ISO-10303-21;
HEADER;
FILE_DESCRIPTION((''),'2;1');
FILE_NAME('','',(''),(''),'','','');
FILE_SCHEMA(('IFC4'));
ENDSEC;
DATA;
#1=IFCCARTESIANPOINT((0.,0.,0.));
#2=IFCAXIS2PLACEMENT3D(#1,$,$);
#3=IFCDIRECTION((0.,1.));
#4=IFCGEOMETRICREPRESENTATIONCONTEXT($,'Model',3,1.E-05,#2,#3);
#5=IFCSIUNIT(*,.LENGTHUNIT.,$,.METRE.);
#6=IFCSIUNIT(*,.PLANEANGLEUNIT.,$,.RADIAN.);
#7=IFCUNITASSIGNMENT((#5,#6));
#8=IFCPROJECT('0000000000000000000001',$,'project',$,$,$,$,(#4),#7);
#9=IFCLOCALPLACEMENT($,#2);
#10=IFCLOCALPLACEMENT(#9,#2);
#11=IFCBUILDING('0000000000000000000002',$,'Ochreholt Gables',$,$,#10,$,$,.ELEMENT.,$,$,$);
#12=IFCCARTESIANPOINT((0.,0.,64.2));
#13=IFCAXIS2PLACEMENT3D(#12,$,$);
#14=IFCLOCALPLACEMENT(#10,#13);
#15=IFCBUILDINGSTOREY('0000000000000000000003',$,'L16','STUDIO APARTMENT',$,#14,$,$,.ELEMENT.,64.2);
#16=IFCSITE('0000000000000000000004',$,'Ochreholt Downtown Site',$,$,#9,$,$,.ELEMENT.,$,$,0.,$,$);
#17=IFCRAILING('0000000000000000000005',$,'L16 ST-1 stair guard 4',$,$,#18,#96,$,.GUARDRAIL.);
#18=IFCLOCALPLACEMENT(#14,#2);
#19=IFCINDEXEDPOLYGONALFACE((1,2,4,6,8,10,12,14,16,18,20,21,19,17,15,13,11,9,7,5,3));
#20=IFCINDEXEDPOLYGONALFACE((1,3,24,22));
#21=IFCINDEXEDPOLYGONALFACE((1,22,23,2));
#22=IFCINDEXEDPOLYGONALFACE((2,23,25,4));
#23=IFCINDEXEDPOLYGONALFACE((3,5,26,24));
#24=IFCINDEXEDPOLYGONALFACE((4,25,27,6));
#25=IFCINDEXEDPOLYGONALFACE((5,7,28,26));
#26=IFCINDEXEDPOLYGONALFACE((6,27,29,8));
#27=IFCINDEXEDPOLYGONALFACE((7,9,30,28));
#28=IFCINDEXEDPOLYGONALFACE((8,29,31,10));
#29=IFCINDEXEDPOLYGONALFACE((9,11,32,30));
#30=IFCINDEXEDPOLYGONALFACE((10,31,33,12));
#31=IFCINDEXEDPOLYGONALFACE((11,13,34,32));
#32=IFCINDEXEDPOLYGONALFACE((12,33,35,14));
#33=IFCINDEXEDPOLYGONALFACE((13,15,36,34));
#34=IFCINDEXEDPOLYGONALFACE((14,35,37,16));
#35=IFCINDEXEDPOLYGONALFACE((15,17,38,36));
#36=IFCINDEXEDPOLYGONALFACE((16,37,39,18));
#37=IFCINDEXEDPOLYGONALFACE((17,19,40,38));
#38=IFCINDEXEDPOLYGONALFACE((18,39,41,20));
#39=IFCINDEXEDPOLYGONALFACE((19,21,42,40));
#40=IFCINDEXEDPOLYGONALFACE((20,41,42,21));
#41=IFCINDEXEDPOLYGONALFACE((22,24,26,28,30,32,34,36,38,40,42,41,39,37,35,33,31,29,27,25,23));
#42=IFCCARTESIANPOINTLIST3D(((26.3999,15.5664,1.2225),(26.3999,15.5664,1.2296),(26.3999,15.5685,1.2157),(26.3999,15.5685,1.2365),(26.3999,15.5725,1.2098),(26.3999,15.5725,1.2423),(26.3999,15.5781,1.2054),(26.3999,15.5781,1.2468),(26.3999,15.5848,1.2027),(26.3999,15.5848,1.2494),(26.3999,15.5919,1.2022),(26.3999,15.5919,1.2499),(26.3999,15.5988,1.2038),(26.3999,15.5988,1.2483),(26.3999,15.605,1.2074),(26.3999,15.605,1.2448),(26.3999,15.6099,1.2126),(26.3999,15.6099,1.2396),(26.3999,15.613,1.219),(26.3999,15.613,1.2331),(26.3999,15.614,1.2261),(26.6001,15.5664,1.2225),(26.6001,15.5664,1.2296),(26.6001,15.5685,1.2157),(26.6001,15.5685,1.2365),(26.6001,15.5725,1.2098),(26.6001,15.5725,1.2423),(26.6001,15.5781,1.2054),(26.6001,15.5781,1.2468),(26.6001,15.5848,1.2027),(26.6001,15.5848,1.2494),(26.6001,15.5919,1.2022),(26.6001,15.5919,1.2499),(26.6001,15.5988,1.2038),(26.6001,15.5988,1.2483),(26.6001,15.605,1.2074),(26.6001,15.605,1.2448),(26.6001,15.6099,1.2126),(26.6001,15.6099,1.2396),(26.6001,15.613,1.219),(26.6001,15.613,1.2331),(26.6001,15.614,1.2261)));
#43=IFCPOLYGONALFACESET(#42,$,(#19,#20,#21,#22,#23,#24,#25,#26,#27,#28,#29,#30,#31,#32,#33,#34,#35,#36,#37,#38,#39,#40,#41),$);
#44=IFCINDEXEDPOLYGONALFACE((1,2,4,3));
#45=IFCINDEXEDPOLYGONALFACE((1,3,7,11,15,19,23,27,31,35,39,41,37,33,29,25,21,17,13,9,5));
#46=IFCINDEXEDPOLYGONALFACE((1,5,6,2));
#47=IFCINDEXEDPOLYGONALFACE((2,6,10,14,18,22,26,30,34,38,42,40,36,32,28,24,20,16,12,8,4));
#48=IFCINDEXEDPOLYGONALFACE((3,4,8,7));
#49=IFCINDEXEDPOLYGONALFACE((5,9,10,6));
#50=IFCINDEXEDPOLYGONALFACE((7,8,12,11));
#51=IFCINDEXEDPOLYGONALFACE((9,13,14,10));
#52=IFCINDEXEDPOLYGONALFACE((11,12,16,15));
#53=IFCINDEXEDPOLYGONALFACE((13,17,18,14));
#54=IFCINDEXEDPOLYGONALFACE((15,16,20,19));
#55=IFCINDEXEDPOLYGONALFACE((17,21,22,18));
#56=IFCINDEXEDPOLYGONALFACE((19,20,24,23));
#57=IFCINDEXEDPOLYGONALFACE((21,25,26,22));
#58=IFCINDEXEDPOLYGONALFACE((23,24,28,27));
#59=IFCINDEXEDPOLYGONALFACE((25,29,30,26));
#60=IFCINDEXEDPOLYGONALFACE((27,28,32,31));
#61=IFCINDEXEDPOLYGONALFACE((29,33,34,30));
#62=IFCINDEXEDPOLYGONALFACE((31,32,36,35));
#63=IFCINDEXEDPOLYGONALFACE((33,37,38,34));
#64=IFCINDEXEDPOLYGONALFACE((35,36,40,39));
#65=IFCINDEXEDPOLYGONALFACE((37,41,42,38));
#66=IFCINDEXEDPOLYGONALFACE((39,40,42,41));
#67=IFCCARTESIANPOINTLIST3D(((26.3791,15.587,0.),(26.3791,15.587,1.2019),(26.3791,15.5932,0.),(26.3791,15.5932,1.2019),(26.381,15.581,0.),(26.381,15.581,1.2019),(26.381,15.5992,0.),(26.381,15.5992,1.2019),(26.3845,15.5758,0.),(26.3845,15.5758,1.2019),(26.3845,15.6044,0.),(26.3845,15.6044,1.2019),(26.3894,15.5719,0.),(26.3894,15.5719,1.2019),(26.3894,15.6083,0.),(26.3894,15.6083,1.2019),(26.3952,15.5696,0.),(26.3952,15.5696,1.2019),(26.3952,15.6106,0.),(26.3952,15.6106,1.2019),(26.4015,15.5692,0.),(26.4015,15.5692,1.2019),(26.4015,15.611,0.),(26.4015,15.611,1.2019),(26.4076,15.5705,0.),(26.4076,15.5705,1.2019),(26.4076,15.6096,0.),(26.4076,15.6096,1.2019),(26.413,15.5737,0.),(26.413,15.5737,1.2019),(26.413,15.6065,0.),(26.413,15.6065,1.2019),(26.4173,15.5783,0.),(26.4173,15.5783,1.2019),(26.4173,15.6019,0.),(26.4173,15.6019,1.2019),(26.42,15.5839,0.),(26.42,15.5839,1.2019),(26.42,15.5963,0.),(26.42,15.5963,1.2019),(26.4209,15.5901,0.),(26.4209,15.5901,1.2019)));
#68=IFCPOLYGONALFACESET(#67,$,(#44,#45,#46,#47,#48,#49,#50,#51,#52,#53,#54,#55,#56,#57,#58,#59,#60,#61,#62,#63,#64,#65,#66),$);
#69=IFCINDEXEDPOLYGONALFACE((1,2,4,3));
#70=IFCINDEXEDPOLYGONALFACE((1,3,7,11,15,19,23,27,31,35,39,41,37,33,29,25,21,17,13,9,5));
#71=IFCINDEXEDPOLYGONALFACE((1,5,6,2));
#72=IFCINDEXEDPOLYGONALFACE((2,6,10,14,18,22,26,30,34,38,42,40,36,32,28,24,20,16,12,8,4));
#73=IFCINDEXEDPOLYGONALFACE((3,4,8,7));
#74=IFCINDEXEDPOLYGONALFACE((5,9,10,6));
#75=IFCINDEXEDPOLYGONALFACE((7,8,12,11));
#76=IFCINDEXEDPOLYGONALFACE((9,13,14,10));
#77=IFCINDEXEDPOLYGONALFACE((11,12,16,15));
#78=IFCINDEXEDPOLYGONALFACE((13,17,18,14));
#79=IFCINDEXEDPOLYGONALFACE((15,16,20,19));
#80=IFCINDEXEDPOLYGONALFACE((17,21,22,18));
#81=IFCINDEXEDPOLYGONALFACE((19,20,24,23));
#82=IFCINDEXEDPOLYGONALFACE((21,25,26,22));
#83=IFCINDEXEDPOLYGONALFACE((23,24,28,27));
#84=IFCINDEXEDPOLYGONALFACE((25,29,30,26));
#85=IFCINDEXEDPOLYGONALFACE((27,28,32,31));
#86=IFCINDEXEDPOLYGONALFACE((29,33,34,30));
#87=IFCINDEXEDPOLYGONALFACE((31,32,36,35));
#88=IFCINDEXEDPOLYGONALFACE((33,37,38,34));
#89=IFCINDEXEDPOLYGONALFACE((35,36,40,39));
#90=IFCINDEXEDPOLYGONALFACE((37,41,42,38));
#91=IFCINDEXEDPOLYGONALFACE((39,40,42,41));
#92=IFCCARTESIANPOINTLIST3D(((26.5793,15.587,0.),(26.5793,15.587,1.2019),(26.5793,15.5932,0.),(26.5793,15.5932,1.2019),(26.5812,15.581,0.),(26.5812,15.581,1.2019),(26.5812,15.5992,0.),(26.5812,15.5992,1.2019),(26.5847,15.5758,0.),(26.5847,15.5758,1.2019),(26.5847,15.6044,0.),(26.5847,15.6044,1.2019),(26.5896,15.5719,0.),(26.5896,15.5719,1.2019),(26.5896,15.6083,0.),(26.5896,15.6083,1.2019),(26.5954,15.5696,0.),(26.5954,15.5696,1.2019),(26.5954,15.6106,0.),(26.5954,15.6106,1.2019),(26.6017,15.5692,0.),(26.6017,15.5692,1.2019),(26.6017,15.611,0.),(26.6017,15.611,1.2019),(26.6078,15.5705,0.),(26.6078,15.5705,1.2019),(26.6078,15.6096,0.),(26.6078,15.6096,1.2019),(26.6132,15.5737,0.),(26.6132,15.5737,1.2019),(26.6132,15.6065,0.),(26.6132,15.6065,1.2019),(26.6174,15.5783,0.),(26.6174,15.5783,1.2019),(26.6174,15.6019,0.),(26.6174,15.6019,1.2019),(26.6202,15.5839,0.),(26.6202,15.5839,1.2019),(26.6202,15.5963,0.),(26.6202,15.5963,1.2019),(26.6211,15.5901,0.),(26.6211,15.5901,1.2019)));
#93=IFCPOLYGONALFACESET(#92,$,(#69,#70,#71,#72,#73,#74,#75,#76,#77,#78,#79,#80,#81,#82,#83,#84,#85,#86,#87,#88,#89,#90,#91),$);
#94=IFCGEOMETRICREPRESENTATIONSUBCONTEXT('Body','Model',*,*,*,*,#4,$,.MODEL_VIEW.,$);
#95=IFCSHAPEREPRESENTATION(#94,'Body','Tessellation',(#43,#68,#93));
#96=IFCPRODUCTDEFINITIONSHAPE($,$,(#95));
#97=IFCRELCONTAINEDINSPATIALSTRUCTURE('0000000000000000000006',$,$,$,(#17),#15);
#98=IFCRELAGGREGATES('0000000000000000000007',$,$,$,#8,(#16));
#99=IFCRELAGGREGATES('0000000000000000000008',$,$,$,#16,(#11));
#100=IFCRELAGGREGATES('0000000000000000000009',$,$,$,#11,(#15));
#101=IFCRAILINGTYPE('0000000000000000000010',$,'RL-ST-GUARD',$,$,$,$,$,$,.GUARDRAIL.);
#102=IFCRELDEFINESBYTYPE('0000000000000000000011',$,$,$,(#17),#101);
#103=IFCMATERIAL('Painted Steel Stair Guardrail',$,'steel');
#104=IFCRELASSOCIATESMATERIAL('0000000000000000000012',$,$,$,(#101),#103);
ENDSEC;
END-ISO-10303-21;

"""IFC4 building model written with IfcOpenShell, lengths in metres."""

from ifc_helpers import new_model, si_unit, direction, frame, origin, origin_2d, place, context, subcontext, project, spatial, circle, extrude, material, type_object, element, save


model = new_model("IFC4")

# Units and contexts
model_context = context("Model", 3, precision=1e-05, world=origin(), true_north=direction((0.0, 1.0)))
body_context = subcontext(model_context, "Body", "Model", "MODEL_VIEW")
ifc_project = project(units=[si_unit("LENGTHUNIT", "METRE"), si_unit("PLANEANGLEUNIT", "RADIAN")], contexts=[model_context])

# Site, building, storey
site_placement = place(None, origin())
site = spatial("IfcSite", under=ifc_project, at=site_placement, Name="Ochreholt Downtown Site", CompositionType="ELEMENT", RefElevation=0.0)
building_placement = place(site_placement, origin())
building = spatial("IfcBuilding", under=site, at=building_placement, Name="Ochreholt Gables", CompositionType="ELEMENT")
storey_placement = place(building_placement, frame((0.0, 0.0, 64.2)))
storey = spatial("IfcBuildingStorey", under=building, at=storey_placement, Name="L16", Description="STUDIO APARTMENT", CompositionType="ELEMENT", Elevation=64.2)

# Railing
ifc_material_1 = material(Name="Painted Steel Stair Guardrail", Category="steel")
railing_type_1 = type_object("IfcRailingType", Name="RL-ST-GUARD", PredefinedType="GUARDRAIL", material=ifc_material_1)
railing_1_placement = place(storey_placement, frame((26.3999, 15.5901, 0.0)))
element("IfcRailing", 1, at=railing_1_placement, inside=storey, type_object=railing_type_1, Name="L16 ST-1 stair guard 4", PredefinedType="GUARDRAIL", context=body_context, shape_type="SweptSolid", body=[
    extrude(circle(Radius=0.0239, at=origin_2d()), frame((0.0, 0.0, 1.2261), z_axis=(1.0, 0.0, 0.0), x_axis=(0.0, 1.0, 0.0)), (0.0, 0.0, 1.0), 0.2002),
    extrude(circle(Radius=0.021, at=origin_2d()), origin(), (0.0, 0.0, 1.0), 1.2019),
    extrude(circle(Radius=0.021, at=origin_2d()), frame((0.2002, 0.0, 0.0)), (0.0, 0.0, 1.0), 1.2019),
])

save(model, "model.ifc")
